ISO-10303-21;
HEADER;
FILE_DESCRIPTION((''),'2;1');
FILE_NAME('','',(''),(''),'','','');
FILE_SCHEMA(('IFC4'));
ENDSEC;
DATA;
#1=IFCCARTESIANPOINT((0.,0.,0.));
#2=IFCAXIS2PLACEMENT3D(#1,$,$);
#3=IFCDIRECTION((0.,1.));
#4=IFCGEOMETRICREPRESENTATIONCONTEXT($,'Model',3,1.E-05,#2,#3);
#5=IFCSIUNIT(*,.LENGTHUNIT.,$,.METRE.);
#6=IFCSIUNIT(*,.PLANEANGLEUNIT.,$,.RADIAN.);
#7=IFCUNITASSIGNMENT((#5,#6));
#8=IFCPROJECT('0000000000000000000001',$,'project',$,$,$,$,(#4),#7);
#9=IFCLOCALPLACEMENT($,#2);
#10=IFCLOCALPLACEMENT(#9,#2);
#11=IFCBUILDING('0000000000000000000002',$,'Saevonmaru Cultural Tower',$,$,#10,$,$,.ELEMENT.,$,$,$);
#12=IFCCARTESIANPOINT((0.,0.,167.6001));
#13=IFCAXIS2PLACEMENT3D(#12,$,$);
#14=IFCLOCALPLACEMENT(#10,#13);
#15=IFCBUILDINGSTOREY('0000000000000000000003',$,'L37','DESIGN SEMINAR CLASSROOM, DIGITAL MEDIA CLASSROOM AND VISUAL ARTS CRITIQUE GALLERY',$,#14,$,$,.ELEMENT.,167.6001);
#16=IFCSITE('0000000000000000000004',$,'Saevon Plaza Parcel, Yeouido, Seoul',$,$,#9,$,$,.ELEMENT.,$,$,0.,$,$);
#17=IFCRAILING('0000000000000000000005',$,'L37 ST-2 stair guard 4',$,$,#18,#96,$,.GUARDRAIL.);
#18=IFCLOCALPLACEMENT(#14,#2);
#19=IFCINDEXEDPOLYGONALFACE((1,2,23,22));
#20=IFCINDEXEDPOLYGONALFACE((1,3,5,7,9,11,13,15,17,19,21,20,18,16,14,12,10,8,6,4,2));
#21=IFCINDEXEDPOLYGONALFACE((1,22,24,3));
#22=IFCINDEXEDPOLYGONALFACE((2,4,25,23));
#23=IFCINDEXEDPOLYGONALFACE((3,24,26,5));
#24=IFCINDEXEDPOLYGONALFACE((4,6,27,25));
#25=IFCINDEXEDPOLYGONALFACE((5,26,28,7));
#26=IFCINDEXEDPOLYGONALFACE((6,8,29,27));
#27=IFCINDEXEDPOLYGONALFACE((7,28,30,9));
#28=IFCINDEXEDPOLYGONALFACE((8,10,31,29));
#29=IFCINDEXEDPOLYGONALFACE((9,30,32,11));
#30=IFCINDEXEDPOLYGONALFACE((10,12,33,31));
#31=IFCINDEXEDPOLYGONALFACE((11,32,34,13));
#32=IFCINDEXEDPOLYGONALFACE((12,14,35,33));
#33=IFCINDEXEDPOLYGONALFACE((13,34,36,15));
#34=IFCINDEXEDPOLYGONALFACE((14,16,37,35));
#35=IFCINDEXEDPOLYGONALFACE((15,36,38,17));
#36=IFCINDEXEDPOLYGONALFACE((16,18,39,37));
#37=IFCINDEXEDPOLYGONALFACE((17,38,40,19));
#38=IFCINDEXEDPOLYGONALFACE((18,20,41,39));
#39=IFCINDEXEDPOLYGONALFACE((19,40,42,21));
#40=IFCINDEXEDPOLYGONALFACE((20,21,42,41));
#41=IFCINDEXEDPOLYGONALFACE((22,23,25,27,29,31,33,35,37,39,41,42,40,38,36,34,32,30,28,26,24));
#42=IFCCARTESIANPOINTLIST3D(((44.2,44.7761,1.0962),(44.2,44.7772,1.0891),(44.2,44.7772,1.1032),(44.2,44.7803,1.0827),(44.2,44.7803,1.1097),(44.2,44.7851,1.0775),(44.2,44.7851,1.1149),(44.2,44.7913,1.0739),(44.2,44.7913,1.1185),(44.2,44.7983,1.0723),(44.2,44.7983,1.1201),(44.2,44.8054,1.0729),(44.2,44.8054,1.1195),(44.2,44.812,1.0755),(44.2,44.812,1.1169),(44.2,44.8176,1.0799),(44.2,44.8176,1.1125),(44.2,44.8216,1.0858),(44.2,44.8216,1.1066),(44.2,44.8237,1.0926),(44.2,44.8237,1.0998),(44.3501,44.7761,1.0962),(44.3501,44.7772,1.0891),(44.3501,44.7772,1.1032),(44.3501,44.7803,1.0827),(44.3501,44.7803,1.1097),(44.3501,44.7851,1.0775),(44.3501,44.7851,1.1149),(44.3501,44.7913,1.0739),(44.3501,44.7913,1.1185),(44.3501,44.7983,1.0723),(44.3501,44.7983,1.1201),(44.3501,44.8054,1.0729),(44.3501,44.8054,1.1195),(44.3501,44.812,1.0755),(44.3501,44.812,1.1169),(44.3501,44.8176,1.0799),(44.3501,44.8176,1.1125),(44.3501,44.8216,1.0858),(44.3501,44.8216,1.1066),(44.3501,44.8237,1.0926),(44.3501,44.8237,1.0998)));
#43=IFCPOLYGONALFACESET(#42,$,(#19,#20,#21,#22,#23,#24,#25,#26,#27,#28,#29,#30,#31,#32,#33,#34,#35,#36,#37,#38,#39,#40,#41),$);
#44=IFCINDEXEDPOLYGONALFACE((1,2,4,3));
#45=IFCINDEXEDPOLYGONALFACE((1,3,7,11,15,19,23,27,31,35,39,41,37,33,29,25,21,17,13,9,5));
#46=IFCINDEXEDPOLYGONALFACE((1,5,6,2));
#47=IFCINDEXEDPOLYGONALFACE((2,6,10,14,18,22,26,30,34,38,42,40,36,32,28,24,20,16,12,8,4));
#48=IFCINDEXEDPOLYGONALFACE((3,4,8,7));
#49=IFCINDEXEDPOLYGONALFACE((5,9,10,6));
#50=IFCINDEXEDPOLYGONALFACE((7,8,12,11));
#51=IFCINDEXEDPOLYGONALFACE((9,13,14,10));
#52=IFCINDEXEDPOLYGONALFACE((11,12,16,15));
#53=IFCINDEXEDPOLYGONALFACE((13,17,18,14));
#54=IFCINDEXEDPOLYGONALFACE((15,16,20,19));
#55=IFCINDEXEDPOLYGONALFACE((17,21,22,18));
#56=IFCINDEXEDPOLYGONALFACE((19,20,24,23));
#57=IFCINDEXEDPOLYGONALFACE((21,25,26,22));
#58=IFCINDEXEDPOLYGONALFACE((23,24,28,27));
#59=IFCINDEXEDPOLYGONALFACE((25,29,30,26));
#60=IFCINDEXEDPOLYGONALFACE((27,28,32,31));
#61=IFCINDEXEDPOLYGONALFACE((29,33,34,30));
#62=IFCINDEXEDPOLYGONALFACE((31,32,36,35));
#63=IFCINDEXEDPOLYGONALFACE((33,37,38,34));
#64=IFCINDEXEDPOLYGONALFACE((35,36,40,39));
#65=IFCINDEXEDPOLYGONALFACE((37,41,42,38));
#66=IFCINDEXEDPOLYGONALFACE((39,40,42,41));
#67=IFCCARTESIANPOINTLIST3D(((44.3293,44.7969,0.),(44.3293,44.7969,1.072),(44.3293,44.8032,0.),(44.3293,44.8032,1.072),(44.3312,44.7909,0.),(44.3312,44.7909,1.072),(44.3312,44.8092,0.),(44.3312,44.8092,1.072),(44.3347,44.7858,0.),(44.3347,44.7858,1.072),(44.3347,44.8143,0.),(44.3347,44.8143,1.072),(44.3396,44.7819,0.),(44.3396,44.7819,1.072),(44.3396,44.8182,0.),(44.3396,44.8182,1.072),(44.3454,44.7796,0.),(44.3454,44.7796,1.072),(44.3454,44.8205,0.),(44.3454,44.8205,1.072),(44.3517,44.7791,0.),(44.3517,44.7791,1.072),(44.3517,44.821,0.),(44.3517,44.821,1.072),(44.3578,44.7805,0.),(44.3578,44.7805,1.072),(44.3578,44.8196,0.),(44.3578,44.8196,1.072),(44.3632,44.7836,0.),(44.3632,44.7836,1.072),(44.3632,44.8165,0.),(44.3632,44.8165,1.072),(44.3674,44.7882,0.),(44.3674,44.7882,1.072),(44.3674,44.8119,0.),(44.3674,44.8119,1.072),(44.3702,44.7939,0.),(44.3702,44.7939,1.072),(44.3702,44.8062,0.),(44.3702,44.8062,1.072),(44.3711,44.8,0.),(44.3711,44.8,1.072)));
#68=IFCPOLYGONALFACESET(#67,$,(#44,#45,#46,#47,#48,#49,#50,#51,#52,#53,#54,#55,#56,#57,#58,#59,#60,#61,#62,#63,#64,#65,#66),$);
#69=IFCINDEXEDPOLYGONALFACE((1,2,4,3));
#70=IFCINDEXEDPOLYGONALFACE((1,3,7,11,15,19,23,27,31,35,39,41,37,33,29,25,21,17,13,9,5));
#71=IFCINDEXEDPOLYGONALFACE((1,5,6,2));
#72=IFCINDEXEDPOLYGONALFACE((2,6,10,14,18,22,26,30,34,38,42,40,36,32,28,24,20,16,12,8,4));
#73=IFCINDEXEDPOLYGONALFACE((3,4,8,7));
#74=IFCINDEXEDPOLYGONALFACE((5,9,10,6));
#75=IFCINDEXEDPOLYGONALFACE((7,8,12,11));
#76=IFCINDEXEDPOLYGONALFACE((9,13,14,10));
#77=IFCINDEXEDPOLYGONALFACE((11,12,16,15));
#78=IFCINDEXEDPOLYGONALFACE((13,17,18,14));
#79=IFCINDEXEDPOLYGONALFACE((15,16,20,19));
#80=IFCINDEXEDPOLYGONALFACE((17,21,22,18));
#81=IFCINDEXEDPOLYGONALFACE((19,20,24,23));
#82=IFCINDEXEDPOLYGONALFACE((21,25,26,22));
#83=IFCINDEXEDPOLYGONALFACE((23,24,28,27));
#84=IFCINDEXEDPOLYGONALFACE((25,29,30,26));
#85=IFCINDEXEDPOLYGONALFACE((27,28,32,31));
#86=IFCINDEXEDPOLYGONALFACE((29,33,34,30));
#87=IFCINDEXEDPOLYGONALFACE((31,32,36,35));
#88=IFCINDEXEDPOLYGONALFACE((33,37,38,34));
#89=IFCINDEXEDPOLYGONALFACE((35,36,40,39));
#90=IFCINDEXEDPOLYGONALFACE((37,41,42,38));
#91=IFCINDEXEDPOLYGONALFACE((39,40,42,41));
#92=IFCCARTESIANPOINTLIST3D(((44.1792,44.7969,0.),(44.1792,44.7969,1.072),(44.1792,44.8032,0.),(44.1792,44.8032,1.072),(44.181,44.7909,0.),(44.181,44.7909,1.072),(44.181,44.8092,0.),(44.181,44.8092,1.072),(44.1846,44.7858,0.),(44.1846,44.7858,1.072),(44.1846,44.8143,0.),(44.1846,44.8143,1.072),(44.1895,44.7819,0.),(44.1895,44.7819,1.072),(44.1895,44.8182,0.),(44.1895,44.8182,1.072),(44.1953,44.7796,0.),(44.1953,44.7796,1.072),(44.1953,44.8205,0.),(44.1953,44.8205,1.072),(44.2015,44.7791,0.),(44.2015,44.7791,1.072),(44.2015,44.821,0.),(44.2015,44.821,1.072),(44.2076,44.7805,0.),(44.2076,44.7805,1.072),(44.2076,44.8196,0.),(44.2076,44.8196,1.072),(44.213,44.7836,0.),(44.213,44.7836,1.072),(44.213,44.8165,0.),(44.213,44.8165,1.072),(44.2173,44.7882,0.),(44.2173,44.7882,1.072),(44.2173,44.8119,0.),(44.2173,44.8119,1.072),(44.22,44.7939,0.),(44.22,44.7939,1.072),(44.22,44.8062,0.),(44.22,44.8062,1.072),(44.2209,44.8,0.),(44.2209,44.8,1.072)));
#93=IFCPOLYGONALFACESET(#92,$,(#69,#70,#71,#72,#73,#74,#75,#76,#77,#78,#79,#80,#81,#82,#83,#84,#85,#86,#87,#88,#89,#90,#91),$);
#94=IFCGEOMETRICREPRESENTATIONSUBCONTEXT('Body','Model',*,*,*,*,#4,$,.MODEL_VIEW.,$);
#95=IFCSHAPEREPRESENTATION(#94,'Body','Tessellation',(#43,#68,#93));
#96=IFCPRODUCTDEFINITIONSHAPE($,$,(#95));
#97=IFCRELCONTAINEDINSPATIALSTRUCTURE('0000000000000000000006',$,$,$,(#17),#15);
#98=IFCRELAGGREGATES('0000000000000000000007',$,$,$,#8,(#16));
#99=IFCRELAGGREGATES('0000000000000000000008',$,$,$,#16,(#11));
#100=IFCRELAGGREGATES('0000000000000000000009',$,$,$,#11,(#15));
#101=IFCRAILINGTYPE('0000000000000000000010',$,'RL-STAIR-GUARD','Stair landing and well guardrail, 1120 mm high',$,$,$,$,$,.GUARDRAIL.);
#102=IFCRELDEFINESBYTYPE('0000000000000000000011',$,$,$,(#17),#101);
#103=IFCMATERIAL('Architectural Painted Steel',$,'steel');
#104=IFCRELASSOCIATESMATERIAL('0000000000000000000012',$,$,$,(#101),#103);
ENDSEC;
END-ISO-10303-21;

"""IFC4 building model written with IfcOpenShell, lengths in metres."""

from ifc_helpers import new_model, si_unit, direction, frame, origin, origin_2d, place, context, subcontext, project, spatial, circle, extrude, material, type_object, element, save


model = new_model("IFC4")

# Units and contexts
model_context = context("Model", 3, precision=1e-05, world=origin(), true_north=direction((0.0, 1.0)))
body_context = subcontext(model_context, "Body", "Model", "MODEL_VIEW")
ifc_project = project(units=[si_unit("LENGTHUNIT", "METRE"), si_unit("PLANEANGLEUNIT", "RADIAN")], contexts=[model_context])

# Site, building, storey
site_placement = place(None, origin())
site = spatial("IfcSite", under=ifc_project, at=site_placement, Name="Saevon Plaza Parcel, Yeouido, Seoul", CompositionType="ELEMENT", RefElevation=0.0)
building_placement = place(site_placement, origin())
building = spatial("IfcBuilding", under=site, at=building_placement, Name="Saevonmaru Cultural Tower", CompositionType="ELEMENT")
storey_placement = place(building_placement, frame((0.0, 0.0, 167.6001)))
storey = spatial("IfcBuildingStorey", under=building, at=storey_placement, Name="L37", Description="DESIGN SEMINAR CLASSROOM, DIGITAL MEDIA CLASSROOM AND VISUAL ARTS CRITIQUE GALLERY", CompositionType="ELEMENT", Elevation=167.6001)

# Railing
ifc_material_1 = material(Name="Architectural Painted Steel", Category="steel")
railing_type_1 = type_object("IfcRailingType", Name="RL-STAIR-GUARD", Description="Stair landing and well guardrail, 1120 mm high", PredefinedType="GUARDRAIL", material=ifc_material_1)
railing_1_placement = place(storey_placement, frame((44.3501, 44.8, 0.0)))
element("IfcRailing", 1, at=railing_1_placement, inside=storey, type_object=railing_type_1, Name="L37 ST-2 stair guard 4", PredefinedType="GUARDRAIL", context=body_context, shape_type="SweptSolid", body=[
    extrude(circle(Radius=0.0239, at=origin_2d()), frame((0.0, 0.0, 1.0962), z_axis=(-1.0, 0.0, 0.0), x_axis=(0.0, -1.0, 0.0)), (0.0, 0.0, 1.0), 0.1501),
    extrude(circle(Radius=0.021, at=origin_2d()), origin(), (0.0, 0.0, 1.0), 1.072),
    extrude(circle(Radius=0.021, at=origin_2d()), frame((-0.1501, 0.0, 0.0)), (0.0, 0.0, 1.0), 1.072),
])

save(model, "model.ifc")
